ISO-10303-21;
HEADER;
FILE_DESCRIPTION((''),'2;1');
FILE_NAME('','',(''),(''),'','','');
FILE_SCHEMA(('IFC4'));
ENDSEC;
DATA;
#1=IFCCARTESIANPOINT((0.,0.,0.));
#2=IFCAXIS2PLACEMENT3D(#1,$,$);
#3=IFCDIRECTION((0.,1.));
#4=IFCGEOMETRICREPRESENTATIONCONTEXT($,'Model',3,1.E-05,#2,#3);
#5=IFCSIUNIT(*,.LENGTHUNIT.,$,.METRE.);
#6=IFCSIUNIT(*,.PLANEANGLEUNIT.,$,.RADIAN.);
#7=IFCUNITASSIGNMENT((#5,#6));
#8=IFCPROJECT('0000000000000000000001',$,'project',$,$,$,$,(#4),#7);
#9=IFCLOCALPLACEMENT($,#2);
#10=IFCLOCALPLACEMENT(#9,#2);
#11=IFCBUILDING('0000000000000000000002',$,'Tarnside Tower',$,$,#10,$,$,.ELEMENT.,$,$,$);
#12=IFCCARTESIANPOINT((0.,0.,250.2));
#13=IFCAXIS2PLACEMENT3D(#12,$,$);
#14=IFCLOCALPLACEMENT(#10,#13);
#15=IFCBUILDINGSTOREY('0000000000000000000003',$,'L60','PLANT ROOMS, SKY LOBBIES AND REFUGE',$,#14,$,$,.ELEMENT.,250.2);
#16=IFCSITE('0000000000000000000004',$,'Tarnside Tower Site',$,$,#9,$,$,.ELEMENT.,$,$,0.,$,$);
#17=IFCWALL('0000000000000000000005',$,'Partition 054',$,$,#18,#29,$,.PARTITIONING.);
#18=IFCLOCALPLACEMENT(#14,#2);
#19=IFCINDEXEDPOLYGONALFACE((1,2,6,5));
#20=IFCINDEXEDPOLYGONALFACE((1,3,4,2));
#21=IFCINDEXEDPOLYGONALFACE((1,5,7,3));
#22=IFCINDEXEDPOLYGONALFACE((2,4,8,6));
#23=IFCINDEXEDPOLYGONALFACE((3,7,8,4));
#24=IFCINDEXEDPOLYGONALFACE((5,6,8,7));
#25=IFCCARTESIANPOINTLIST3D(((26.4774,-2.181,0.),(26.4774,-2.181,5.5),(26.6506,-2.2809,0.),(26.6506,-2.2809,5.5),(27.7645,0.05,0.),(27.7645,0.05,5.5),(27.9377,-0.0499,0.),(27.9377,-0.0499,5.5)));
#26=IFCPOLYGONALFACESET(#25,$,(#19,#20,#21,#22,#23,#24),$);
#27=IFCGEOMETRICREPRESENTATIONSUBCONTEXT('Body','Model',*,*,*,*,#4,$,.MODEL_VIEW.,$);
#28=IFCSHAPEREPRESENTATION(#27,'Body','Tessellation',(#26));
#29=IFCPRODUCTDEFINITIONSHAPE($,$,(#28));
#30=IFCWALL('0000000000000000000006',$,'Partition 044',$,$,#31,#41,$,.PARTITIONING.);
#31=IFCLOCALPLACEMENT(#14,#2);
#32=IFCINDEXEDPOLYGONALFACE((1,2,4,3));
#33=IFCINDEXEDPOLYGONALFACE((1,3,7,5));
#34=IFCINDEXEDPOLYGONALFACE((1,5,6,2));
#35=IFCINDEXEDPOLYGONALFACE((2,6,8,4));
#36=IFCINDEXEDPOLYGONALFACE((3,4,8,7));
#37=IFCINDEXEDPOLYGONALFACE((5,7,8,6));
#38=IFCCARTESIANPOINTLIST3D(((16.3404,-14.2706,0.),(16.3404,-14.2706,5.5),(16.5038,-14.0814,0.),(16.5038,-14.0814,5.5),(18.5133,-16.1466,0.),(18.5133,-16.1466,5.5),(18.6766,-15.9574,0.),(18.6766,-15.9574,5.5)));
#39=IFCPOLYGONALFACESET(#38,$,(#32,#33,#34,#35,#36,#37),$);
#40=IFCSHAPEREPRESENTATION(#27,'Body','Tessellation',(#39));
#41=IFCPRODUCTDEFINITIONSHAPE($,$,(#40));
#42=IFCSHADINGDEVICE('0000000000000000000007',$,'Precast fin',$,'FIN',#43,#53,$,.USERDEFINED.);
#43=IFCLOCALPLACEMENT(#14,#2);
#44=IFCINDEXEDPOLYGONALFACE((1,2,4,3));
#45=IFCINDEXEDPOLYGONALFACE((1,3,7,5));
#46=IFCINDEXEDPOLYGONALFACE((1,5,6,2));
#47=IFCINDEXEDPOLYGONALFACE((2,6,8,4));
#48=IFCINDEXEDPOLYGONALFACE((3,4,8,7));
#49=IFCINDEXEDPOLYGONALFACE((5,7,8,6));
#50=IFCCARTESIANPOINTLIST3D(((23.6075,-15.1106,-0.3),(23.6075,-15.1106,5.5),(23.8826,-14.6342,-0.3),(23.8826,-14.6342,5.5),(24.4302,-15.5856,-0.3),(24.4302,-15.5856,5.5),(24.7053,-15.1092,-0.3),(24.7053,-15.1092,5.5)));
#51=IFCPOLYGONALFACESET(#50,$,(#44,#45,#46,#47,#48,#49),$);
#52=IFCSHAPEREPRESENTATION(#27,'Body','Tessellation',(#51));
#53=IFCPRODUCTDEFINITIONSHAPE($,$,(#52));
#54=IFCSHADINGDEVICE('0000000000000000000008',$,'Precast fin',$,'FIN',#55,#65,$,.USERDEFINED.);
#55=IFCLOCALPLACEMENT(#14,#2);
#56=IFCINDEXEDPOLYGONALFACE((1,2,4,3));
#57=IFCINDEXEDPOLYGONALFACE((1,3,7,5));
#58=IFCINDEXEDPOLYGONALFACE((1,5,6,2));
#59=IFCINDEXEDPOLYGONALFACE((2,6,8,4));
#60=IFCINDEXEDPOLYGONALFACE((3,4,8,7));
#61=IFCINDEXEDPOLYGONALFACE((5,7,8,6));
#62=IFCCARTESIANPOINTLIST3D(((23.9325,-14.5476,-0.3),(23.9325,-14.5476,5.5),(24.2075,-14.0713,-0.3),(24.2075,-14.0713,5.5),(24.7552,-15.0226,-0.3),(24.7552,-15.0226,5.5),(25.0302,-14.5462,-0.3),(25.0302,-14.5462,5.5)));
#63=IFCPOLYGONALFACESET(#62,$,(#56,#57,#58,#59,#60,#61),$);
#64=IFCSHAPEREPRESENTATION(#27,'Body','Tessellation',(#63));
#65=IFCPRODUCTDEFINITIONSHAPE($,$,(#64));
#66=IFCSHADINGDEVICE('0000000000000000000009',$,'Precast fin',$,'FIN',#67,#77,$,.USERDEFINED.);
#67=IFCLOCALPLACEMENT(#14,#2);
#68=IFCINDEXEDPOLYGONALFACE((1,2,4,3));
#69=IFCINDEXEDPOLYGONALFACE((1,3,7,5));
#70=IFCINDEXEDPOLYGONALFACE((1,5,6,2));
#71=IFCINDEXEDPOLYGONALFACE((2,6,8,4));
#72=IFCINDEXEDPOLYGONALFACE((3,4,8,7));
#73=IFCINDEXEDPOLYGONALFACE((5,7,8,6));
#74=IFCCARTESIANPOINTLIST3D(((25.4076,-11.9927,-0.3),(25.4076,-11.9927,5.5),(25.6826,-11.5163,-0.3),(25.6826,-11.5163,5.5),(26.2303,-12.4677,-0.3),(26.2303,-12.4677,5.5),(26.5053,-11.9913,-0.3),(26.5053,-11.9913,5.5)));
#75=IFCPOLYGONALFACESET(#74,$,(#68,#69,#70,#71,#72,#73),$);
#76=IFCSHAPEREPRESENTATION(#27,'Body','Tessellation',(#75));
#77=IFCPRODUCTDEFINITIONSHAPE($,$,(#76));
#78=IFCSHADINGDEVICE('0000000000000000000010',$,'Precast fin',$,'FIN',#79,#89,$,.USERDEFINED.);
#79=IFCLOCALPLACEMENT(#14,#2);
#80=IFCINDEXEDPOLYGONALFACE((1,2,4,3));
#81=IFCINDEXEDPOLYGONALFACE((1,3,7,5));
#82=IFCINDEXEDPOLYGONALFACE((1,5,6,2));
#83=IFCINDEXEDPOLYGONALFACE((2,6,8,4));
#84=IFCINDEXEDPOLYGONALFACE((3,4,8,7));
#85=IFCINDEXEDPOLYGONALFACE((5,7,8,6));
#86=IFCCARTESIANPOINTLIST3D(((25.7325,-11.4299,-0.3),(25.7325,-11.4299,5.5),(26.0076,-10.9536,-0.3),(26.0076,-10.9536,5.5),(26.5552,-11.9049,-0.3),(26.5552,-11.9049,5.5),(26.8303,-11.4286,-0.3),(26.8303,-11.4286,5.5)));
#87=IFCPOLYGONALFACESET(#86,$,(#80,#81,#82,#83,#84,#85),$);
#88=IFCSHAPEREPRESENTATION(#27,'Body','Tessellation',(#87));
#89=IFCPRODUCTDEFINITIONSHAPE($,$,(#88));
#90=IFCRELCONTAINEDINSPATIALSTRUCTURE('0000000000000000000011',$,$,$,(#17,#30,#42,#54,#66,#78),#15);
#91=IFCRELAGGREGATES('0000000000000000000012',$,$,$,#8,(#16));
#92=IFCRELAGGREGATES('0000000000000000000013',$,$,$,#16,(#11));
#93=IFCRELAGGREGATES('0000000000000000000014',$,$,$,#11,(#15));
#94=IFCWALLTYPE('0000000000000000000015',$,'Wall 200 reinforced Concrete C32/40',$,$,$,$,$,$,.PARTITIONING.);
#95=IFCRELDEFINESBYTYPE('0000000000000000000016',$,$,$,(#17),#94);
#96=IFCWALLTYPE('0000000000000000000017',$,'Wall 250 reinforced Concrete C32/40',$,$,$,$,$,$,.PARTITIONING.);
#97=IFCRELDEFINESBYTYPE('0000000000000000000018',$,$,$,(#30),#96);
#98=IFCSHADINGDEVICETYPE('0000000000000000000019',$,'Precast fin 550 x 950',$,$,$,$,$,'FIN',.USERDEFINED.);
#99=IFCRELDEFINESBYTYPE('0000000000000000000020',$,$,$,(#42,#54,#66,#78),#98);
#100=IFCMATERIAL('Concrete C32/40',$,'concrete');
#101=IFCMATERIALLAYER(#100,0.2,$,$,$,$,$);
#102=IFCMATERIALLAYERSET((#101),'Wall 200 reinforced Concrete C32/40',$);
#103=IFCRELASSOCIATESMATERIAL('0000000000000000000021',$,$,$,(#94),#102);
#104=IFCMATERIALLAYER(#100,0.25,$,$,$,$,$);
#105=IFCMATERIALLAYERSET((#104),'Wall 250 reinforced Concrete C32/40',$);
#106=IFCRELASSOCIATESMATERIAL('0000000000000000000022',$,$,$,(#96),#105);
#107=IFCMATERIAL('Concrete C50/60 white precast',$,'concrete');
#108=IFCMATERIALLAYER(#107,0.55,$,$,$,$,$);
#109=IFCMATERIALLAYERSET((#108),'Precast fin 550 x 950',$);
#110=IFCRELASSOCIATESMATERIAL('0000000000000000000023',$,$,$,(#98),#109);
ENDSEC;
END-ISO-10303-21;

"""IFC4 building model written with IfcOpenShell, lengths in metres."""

from ifc_helpers import new_model, si_unit, direction, frame, frame_2d, origin, place, context, subcontext, project, spatial, polyline, rectangle, outline, extrude, material, layer, layer_set, type_object, element, save


model = new_model("IFC4")

# Units and contexts
model_context = context("Model", 3, precision=1e-05, world=origin(), true_north=direction((0.0, 1.0)))
body_context = subcontext(model_context, "Body", "Model", "MODEL_VIEW")
ifc_project = project(units=[si_unit("LENGTHUNIT", "METRE"), si_unit("PLANEANGLEUNIT", "RADIAN")], contexts=[model_context])

# Site, building, storey
site_placement = place(None, origin())
site = spatial("IfcSite", under=ifc_project, at=site_placement, Name="Tarnside Tower Site", CompositionType="ELEMENT", RefElevation=0.0)
building_placement = place(site_placement, origin())
building = spatial("IfcBuilding", under=site, at=building_placement, Name="Tarnside Tower", CompositionType="ELEMENT")
storey_placement = place(building_placement, frame((0.0, 0.0, 250.2)))
storey = spatial("IfcBuildingStorey", under=building, at=storey_placement, Name="L60", Description="PLANT ROOMS, SKY LOBBIES AND REFUGE", CompositionType="ELEMENT", Elevation=250.2)

# Shared definitions
ifc_material_1 = material(Name="Concrete C32/40", Category="concrete")
ifc_layer_1 = layer(ifc_material_1, 0.2)
ifc_layer_set_1 = layer_set([ifc_layer_1], Name="Wall 200 reinforced Concrete C32/40")
wall_type_1 = type_object("IfcWallType", Name="Wall 200 reinforced Concrete C32/40", PredefinedType="PARTITIONING", material=ifc_layer_set_1)

# Walls
wall_1_placement = place(storey_placement, frame((26.564, -2.231, 0.0), z_axis=(0.0, 0.0, 1.0), x_axis=(0.499728, 0.866182, 0.0)))
element("IfcWall", 1, at=wall_1_placement, inside=storey, type_object=wall_type_1, Name="Partition 054", PredefinedType="PARTITIONING", context=body_context, shape_type="SweptSolid", body=[
    extrude(rectangle(XDim=2.5757, YDim=0.2, at=frame_2d((1.2878, 0.0))), origin(), (0.0, 0.0, 1.0), 5.5),
])
ifc_layer_2 = layer(ifc_material_1, 0.25)
ifc_layer_set_2 = layer_set([ifc_layer_2], Name="Wall 250 reinforced Concrete C32/40")
wall_type_2 = type_object("IfcWallType", Name="Wall 250 reinforced Concrete C32/40", PredefinedType="PARTITIONING", material=ifc_layer_set_2)
wall_2_placement = place(storey_placement, frame((16.4221, -14.176, 0.0), z_axis=(0.0, 0.0, 1.0), x_axis=(0.756922, -0.653505, 0.0)))
element("IfcWall", 2, at=wall_2_placement, inside=storey, type_object=wall_type_2, Name="Partition 044", PredefinedType="PARTITIONING", context=body_context, shape_type="SweptSolid", body=[
    extrude(rectangle(XDim=2.8706, YDim=0.25, at=frame_2d((1.4353, 0.0))), origin(), (0.0, 0.0, 1.0), 5.5),
])

# Shading devices
ifc_material_2 = material(Name="Concrete C50/60 white precast", Category="concrete")
ifc_layer_3 = layer(ifc_material_2, 0.55)
ifc_layer_set_3 = layer_set([ifc_layer_3], Name="Precast fin 550 x 950")
shading_device_type = type_object("IfcShadingDeviceType", Name="Precast fin 550 x 950", ElementType="FIN", PredefinedType="USERDEFINED", material=ifc_layer_set_3)
for number, where, z_axis, x_axis, name in (
    (3, (23.7451, -14.8723, -0.3), (-0.5, -0.866025, 0.0), (0.866025, -0.5, 0.0), "Precast fin"),
    (4, (24.0701, -14.3093, -0.3), (-0.5, -0.866025, 0.0), (0.866025, -0.5, 0.0), "Precast fin"),
    (5, (25.5452, -11.7544, -0.3), (-0.5, -0.866025, 0.0), (0.866025, -0.5, 0.0), "Precast fin"),
    (6, (25.8701, -11.1917, -0.3), (-0.5, -0.866025, 0.0), (0.866025, -0.5, 0.0), "Precast fin"),
):
    element("IfcShadingDevice", number, at=place(storey_placement, frame(where, z_axis=z_axis, x_axis=x_axis)), inside=storey, type_object=shading_device_type, Name=name, ObjectType="FIN", PredefinedType="USERDEFINED", context=body_context, shape_type="SweptSolid", body=[
        extrude(outline(polyline([(0.0, 0.0), (0.95, 0.0), (0.95, 5.8), (0.0, 5.8), (0.0, 0.0)])), frame((0.0, 0.0, -0.2749)), (0.0, 0.0, 1.0), 0.55),
    ])

save(model, "model.ifc")
